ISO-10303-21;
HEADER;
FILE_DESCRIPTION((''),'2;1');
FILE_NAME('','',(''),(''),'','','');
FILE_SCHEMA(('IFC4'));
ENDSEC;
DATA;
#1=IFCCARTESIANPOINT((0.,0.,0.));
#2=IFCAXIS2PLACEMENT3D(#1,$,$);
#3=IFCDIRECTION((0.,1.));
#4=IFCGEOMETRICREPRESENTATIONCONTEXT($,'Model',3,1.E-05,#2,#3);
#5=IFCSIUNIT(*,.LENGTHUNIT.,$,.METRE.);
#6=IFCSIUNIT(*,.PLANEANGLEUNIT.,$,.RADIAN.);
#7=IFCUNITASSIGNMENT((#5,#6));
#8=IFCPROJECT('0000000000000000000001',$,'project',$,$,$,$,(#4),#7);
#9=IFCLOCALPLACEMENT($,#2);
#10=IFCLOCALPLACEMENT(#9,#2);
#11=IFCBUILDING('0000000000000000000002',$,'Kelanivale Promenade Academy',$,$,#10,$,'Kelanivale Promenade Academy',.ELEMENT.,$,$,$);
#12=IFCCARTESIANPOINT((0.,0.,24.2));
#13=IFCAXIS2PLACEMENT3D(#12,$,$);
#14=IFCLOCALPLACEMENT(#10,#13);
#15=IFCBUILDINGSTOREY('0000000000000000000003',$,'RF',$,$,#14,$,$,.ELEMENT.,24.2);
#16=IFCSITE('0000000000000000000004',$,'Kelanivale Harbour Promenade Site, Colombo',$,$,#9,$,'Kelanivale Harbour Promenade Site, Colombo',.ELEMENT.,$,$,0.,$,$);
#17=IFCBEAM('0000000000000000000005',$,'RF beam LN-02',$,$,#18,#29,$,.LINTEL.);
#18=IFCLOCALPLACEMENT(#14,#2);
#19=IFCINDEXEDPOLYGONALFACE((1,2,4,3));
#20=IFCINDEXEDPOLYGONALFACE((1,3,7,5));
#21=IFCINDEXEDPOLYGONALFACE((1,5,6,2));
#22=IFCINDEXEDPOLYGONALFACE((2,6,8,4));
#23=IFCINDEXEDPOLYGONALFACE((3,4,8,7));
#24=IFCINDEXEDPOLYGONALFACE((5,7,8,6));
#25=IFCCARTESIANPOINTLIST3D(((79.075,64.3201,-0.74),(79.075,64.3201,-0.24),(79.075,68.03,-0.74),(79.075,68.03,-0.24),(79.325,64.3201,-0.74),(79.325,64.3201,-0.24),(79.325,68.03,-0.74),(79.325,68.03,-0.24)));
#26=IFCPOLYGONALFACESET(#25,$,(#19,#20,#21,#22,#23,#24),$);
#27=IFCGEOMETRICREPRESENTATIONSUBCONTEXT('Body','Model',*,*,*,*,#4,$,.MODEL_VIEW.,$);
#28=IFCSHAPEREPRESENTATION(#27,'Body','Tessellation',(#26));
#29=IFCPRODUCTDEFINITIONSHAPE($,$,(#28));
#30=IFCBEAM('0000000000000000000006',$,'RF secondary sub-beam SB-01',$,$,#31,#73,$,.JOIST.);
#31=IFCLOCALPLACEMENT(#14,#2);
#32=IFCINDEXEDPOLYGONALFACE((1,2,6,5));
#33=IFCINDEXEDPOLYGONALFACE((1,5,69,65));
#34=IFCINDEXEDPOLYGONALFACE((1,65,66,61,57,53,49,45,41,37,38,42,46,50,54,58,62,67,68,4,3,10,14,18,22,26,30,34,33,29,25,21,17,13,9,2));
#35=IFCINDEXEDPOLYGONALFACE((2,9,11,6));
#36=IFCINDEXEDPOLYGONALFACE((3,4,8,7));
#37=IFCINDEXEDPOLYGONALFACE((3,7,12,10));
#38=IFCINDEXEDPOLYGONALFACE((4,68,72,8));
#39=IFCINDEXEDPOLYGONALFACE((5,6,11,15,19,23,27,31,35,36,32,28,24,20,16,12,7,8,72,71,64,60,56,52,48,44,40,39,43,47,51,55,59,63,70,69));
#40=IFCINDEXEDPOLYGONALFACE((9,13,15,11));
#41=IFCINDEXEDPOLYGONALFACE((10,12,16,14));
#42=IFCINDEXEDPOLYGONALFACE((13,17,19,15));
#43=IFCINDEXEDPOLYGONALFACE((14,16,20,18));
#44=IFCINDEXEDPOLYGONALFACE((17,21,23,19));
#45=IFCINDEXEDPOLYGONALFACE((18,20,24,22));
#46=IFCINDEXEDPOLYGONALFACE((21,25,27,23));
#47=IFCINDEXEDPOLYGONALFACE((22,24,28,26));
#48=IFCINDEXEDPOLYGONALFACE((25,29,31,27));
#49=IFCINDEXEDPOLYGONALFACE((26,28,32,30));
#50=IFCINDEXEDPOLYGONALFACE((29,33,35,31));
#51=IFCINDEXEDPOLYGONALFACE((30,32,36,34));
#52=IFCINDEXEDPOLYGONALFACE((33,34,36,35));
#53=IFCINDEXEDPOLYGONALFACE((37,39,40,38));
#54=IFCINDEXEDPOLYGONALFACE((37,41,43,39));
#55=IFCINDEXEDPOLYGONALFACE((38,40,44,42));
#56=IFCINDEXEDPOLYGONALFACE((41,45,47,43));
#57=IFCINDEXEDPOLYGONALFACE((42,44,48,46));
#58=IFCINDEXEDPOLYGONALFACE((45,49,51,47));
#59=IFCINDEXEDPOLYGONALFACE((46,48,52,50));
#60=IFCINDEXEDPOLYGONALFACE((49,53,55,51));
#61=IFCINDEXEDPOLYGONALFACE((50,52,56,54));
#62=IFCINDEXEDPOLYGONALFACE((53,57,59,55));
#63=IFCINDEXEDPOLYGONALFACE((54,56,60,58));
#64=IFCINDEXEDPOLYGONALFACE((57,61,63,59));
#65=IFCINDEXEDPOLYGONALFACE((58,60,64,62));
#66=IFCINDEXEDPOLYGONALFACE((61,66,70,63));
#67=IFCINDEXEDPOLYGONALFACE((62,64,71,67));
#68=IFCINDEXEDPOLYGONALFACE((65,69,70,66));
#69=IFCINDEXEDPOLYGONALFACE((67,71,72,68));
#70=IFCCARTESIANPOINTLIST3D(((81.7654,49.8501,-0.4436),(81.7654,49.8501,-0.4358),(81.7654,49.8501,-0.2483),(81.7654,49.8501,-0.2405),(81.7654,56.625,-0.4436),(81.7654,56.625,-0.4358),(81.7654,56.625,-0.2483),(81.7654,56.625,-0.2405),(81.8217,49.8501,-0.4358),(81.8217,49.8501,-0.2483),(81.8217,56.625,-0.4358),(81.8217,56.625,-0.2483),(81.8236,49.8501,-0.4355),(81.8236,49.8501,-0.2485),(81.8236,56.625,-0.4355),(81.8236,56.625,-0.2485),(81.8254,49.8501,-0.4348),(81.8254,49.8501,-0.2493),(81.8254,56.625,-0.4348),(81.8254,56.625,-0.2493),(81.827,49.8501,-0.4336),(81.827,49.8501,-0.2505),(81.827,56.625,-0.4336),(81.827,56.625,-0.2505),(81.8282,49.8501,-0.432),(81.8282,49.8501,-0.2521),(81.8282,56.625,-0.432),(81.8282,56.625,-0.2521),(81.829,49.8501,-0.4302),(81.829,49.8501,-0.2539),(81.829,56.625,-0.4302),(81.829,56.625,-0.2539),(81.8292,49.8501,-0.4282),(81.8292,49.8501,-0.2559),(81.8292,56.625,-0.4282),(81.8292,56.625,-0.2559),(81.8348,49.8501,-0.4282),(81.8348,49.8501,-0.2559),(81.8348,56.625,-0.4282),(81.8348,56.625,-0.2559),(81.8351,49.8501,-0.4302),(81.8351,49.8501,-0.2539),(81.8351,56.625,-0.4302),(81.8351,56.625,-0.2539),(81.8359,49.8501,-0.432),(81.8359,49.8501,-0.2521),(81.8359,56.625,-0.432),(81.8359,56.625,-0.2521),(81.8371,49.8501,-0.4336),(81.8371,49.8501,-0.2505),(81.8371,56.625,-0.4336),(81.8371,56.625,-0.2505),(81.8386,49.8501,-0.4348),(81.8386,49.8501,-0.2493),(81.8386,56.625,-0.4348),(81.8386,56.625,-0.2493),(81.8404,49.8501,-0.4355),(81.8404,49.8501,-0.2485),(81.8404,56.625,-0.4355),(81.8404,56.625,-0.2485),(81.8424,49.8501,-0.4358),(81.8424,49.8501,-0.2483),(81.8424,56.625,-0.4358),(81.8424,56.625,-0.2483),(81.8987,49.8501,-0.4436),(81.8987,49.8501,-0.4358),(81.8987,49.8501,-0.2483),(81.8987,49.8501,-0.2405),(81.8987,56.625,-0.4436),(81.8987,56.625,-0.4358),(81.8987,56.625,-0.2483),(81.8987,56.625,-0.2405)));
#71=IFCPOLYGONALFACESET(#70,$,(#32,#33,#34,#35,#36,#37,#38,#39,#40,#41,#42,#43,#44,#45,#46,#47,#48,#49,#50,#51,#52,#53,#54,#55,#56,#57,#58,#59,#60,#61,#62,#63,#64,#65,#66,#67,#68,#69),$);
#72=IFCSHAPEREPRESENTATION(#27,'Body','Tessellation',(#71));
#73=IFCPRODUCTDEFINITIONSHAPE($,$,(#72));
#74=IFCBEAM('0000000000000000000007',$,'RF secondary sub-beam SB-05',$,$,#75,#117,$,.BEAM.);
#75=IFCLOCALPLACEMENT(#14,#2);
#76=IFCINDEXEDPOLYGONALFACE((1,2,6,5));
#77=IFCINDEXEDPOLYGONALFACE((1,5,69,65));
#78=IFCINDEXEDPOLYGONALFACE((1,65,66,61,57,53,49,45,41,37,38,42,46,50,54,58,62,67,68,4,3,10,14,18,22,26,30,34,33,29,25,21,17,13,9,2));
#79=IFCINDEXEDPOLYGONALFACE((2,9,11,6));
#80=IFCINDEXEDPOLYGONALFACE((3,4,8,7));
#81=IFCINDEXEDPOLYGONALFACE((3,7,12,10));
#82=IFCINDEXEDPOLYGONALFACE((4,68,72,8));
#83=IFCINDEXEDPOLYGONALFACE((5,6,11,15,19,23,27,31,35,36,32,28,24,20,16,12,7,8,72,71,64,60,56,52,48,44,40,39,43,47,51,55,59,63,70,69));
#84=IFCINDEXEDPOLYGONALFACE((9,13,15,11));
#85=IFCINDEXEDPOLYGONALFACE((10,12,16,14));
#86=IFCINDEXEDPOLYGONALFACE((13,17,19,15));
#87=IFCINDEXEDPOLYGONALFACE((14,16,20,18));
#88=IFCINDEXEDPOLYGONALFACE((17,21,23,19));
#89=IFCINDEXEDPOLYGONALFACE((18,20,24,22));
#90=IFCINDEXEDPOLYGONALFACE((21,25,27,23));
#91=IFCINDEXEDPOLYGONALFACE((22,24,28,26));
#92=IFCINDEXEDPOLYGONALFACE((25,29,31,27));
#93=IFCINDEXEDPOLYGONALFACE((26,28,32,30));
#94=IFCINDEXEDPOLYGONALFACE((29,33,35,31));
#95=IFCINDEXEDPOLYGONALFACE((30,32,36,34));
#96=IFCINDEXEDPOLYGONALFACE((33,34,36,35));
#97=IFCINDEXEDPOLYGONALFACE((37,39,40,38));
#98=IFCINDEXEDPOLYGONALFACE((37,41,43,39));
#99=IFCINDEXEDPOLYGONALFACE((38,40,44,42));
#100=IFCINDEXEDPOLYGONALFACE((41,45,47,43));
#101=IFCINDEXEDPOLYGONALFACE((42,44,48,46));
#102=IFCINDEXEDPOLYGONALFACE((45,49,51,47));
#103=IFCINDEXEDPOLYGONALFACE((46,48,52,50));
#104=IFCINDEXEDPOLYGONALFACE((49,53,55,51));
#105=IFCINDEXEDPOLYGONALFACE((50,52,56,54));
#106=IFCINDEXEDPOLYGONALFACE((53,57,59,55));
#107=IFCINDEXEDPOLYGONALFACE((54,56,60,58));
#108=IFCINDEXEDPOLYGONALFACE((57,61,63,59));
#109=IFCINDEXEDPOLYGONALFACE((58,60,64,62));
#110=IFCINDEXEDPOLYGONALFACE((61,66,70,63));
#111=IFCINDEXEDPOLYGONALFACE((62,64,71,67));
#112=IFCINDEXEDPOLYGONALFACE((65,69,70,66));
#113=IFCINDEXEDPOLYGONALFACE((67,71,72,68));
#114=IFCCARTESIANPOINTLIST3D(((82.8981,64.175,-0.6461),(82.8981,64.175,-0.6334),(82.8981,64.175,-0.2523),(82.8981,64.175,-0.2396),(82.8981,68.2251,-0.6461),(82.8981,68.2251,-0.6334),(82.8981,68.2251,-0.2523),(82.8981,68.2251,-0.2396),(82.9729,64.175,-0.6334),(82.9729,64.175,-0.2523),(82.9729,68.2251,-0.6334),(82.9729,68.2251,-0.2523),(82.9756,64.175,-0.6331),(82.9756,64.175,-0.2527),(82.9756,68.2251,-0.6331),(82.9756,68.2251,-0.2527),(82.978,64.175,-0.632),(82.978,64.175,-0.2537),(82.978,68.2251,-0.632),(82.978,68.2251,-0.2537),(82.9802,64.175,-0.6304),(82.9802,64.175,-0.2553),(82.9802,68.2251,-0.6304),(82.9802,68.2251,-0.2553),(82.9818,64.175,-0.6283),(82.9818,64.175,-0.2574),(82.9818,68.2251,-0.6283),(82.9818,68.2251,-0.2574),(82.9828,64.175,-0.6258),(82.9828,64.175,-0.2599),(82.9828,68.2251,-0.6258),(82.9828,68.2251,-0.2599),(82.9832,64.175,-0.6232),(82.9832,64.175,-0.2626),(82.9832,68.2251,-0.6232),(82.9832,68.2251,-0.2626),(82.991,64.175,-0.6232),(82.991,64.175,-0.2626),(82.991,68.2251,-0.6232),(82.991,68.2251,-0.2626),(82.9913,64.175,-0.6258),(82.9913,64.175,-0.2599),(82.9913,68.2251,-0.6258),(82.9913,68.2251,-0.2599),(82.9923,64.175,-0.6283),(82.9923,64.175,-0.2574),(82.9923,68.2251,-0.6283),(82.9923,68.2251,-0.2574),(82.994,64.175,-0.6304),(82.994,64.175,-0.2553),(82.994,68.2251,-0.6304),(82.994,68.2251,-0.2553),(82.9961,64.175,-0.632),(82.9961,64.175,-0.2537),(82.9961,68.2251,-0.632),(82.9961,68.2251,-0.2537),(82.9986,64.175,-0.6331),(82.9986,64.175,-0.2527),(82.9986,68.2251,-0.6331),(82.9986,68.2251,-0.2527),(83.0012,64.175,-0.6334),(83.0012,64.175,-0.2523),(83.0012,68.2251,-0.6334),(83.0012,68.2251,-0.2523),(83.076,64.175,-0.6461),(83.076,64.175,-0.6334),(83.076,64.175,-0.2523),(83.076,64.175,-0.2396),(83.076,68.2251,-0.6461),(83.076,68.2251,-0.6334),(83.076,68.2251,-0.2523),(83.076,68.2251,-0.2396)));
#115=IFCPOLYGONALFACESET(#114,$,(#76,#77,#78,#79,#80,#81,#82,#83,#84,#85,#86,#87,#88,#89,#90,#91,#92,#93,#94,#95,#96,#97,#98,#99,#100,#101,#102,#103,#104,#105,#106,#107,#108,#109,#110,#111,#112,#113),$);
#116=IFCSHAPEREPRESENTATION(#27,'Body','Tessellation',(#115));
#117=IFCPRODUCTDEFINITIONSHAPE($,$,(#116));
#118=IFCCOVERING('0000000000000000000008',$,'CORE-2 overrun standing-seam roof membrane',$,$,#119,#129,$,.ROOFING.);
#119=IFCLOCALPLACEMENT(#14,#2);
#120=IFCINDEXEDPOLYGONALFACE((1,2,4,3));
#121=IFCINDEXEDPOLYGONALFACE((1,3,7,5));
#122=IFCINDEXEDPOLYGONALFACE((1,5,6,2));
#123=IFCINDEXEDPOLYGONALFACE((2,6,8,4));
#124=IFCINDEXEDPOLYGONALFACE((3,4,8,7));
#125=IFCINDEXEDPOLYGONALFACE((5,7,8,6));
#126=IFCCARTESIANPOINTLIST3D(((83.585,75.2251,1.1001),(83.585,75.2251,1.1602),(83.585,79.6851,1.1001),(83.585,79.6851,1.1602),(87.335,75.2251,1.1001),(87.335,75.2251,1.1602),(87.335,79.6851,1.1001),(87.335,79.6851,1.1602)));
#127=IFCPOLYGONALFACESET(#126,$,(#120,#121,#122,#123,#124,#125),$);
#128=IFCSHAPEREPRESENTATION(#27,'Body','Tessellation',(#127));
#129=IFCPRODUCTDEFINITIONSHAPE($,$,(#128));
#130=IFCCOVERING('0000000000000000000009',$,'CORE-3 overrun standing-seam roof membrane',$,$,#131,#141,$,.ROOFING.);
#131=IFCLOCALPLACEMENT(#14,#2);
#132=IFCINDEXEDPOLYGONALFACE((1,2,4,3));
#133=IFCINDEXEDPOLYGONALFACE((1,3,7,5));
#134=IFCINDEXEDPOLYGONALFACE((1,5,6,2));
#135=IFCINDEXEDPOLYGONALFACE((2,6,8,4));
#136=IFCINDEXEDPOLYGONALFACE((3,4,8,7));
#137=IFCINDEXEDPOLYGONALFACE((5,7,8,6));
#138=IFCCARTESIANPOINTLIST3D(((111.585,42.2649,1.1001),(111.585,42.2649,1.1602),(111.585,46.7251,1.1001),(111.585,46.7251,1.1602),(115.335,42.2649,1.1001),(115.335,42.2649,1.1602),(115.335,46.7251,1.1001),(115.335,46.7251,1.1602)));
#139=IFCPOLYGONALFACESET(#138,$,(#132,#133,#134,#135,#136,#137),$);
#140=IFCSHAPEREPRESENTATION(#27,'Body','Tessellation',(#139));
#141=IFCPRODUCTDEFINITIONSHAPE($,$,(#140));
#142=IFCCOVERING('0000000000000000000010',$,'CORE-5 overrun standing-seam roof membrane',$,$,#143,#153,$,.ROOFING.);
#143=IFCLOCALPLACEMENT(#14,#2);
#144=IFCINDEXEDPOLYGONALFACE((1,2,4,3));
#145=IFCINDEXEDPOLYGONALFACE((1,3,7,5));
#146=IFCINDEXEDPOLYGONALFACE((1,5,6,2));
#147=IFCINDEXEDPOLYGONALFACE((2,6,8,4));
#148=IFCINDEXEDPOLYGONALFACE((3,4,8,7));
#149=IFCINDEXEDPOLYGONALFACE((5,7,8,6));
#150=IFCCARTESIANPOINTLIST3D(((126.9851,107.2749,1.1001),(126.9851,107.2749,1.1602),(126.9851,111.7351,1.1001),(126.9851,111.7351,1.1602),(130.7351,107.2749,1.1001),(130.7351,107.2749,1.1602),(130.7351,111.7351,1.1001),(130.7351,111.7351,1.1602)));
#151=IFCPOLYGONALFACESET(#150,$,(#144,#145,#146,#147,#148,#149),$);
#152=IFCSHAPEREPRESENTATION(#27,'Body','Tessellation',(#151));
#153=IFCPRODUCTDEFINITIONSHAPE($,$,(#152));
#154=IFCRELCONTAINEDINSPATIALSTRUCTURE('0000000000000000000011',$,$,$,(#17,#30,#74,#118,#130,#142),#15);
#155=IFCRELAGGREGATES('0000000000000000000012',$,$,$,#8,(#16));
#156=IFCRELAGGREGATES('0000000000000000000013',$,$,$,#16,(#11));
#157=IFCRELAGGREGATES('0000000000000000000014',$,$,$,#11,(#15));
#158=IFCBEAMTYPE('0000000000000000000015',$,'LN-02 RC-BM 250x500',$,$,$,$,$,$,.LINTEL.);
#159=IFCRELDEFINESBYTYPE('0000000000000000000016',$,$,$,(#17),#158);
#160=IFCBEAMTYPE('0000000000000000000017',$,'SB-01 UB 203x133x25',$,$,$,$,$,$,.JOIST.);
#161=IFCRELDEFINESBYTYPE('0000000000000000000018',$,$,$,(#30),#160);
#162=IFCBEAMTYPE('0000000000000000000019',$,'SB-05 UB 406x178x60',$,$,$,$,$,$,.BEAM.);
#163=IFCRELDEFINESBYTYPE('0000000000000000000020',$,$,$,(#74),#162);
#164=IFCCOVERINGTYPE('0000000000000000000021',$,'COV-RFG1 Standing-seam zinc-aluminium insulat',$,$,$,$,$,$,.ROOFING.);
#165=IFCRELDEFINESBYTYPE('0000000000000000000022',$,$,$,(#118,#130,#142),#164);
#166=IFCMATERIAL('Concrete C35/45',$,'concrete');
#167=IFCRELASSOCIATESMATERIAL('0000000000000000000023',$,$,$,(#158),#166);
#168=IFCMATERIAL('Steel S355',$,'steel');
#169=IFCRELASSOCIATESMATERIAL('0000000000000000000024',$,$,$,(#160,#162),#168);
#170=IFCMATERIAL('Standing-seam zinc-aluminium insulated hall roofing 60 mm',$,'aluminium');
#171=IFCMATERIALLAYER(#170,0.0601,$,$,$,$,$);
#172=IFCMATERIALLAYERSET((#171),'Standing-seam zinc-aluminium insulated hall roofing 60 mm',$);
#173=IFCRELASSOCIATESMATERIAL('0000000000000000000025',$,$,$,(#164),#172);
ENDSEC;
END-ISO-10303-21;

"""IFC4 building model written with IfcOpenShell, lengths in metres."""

from ifc_helpers import new_model, si_unit, direction, frame, origin, origin_2d, place, context, subcontext, project, spatial, polyline, rectangle, i_section, outline, extrude, material, layer, layer_set, material_profile, profile_set, type_object, element, save


model = new_model("IFC4")

# Units and contexts
model_context = context("Model", 3, precision=1e-05, world=origin(), true_north=direction((0.0, 1.0)))
body_context = subcontext(model_context, "Body", "Model", "MODEL_VIEW")
ifc_project = project(units=[si_unit("LENGTHUNIT", "METRE"), si_unit("PLANEANGLEUNIT", "RADIAN")], contexts=[model_context])

# Site, building, storey
site_placement = place(None, origin())
site = spatial("IfcSite", under=ifc_project, at=site_placement, Name="Kelanivale Harbour Promenade Site, Colombo", LongName="Kelanivale Harbour Promenade Site, Colombo", CompositionType="ELEMENT", RefElevation=0.0)
building_placement = place(site_placement, origin())
building = spatial("IfcBuilding", under=site, at=building_placement, Name="Kelanivale Promenade Academy", LongName="Kelanivale Promenade Academy", CompositionType="ELEMENT")
storey_placement = place(building_placement, frame((0.0, 0.0, 24.2)))
storey = spatial("IfcBuildingStorey", under=building, at=storey_placement, Name="RF", CompositionType="ELEMENT", Elevation=24.2)

# Beams
ifc_material_1 = material(Name="Concrete C35/45", Category="concrete")
ifc_material_profile_1 = material_profile(ifc_material_1, rectangle(XDim=0.25, YDim=0.5, at=origin_2d()), Name="RC-BM 250x500")
ifc_profile_set_1 = profile_set([ifc_material_profile_1], Name="Concrete C35/45")
beam_type_1 = type_object("IfcBeamType", Name="LN-02 RC-BM 250x500", PredefinedType="LINTEL", material=ifc_profile_set_1)
beam_1_placement = place(storey_placement, frame((79.2, 64.3201, -0.49), z_axis=(0.0, 1.0, 0.0), x_axis=(-1.0, 0.0, 0.0)))
element("IfcBeam", 1, at=beam_1_placement, inside=storey, type_object=beam_type_1, Name="RF beam LN-02", PredefinedType="LINTEL", context=body_context, shape_type="SweptSolid", body=[
    extrude(rectangle(XDim=0.25, YDim=0.5, at=origin_2d()), origin(), (0.0, 0.0, 1.0), 3.71),
])
ifc_material_2 = material(Name="Steel S355", Category="steel")
ifc_material_profile_2 = material_profile(ifc_material_2, i_section(OverallWidth=0.1333, OverallDepth=0.2031, WebThickness=0.0056, FlangeThickness=0.0078, FilletRadius=0.0076, at=origin_2d()), Name="UB 203x133x25")
ifc_profile_set_2 = profile_set([ifc_material_profile_2], Name="Steel S355")
beam_type_2 = type_object("IfcBeamType", Name="SB-01 UB 203x133x25", PredefinedType="JOIST", material=ifc_profile_set_2)
beam_2_placement = place(storey_placement, frame((81.832, 49.8501, -0.342), z_axis=(0.0, 1.0, 0.0), x_axis=(-1.0, 0.0, 0.0)))
element("IfcBeam", 2, at=beam_2_placement, inside=storey, type_object=beam_type_2, Name="RF secondary sub-beam SB-01", PredefinedType="JOIST", context=body_context, shape_type="SweptSolid", body=[
    extrude(i_section(OverallWidth=0.1333, OverallDepth=0.2031, WebThickness=0.0056, FlangeThickness=0.0078, FilletRadius=0.0076, at=origin_2d()), origin(), (0.0, 0.0, 1.0), 6.7749),
])
ifc_material_profile_3 = material_profile(ifc_material_2, i_section(OverallWidth=0.178, OverallDepth=0.4065, WebThickness=0.0078, FlangeThickness=0.0127, FilletRadius=0.0103, at=origin_2d()), Name="UB 406x178x60")
ifc_profile_set_3 = profile_set([ifc_material_profile_3], Name="Steel S355")
beam_type_3 = type_object("IfcBeamType", Name="SB-05 UB 406x178x60", PredefinedType="BEAM", material=ifc_profile_set_3)
beam_3_placement = place(storey_placement, frame((82.9871, 64.175, -0.4429), z_axis=(0.0, 1.0, 0.0), x_axis=(-1.0, 0.0, 0.0)))
element("IfcBeam", 3, at=beam_3_placement, inside=storey, type_object=beam_type_3, Name="RF secondary sub-beam SB-05", PredefinedType="BEAM", context=body_context, shape_type="SweptSolid", body=[
    extrude(i_section(OverallWidth=0.178, OverallDepth=0.4065, WebThickness=0.0078, FlangeThickness=0.0127, FilletRadius=0.0103, at=origin_2d()), origin(), (0.0, 0.0, 1.0), 4.05),
])

# Coverings
ifc_material_3 = material(Name="Standing-seam zinc-aluminium insulated hall roofing 60 mm", Category="aluminium")
ifc_layer = layer(ifc_material_3, 0.0601)
ifc_layer_set = layer_set([ifc_layer], Name="Standing-seam zinc-aluminium insulated hall roofing 60 mm")
covering_type = type_object("IfcCoveringType", Name="COV-RFG1 Standing-seam zinc-aluminium insulat", PredefinedType="ROOFING", material=ifc_layer_set)
covering_1_placement = place(storey_placement, frame((0.0, 0.0, 1.1001)))
element("IfcCovering", 4, at=covering_1_placement, inside=storey, type_object=covering_type, Name="CORE-2 overrun standing-seam roof membrane", PredefinedType="ROOFING", context=body_context, shape_type="SweptSolid", body=[
    extrude(outline(polyline([(83.585, 75.2251), (87.335, 75.2251), (87.335, 79.6851), (83.585, 79.6851), (83.585, 75.2251)])), origin(), (0.0, 0.0, 1.0), 0.0601),
])
covering_2_placement = place(storey_placement, frame((0.0, 0.0, 1.1001)))
element("IfcCovering", 5, at=covering_2_placement, inside=storey, type_object=covering_type, Name="CORE-3 overrun standing-seam roof membrane", PredefinedType="ROOFING", context=body_context, shape_type="SweptSolid", body=[
    extrude(outline(polyline([(111.585, 42.2649), (115.335, 42.2649), (115.335, 46.7251), (111.585, 46.7251), (111.585, 42.2649)])), origin(), (0.0, 0.0, 1.0), 0.0601),
])
covering_3_placement = place(storey_placement, frame((0.0, 0.0, 1.1001)))
element("IfcCovering", 6, at=covering_3_placement, inside=storey, type_object=covering_type, Name="CORE-5 overrun standing-seam roof membrane", PredefinedType="ROOFING", context=body_context, shape_type="SweptSolid", body=[
    extrude(outline(polyline([(126.9851, 107.2749), (130.7351, 107.2749), (130.7351, 111.7351), (126.9851, 111.7351), (126.9851, 107.2749)])), origin(), (0.0, 0.0, 1.0), 0.0601),
])

save(model, "model.ifc")
